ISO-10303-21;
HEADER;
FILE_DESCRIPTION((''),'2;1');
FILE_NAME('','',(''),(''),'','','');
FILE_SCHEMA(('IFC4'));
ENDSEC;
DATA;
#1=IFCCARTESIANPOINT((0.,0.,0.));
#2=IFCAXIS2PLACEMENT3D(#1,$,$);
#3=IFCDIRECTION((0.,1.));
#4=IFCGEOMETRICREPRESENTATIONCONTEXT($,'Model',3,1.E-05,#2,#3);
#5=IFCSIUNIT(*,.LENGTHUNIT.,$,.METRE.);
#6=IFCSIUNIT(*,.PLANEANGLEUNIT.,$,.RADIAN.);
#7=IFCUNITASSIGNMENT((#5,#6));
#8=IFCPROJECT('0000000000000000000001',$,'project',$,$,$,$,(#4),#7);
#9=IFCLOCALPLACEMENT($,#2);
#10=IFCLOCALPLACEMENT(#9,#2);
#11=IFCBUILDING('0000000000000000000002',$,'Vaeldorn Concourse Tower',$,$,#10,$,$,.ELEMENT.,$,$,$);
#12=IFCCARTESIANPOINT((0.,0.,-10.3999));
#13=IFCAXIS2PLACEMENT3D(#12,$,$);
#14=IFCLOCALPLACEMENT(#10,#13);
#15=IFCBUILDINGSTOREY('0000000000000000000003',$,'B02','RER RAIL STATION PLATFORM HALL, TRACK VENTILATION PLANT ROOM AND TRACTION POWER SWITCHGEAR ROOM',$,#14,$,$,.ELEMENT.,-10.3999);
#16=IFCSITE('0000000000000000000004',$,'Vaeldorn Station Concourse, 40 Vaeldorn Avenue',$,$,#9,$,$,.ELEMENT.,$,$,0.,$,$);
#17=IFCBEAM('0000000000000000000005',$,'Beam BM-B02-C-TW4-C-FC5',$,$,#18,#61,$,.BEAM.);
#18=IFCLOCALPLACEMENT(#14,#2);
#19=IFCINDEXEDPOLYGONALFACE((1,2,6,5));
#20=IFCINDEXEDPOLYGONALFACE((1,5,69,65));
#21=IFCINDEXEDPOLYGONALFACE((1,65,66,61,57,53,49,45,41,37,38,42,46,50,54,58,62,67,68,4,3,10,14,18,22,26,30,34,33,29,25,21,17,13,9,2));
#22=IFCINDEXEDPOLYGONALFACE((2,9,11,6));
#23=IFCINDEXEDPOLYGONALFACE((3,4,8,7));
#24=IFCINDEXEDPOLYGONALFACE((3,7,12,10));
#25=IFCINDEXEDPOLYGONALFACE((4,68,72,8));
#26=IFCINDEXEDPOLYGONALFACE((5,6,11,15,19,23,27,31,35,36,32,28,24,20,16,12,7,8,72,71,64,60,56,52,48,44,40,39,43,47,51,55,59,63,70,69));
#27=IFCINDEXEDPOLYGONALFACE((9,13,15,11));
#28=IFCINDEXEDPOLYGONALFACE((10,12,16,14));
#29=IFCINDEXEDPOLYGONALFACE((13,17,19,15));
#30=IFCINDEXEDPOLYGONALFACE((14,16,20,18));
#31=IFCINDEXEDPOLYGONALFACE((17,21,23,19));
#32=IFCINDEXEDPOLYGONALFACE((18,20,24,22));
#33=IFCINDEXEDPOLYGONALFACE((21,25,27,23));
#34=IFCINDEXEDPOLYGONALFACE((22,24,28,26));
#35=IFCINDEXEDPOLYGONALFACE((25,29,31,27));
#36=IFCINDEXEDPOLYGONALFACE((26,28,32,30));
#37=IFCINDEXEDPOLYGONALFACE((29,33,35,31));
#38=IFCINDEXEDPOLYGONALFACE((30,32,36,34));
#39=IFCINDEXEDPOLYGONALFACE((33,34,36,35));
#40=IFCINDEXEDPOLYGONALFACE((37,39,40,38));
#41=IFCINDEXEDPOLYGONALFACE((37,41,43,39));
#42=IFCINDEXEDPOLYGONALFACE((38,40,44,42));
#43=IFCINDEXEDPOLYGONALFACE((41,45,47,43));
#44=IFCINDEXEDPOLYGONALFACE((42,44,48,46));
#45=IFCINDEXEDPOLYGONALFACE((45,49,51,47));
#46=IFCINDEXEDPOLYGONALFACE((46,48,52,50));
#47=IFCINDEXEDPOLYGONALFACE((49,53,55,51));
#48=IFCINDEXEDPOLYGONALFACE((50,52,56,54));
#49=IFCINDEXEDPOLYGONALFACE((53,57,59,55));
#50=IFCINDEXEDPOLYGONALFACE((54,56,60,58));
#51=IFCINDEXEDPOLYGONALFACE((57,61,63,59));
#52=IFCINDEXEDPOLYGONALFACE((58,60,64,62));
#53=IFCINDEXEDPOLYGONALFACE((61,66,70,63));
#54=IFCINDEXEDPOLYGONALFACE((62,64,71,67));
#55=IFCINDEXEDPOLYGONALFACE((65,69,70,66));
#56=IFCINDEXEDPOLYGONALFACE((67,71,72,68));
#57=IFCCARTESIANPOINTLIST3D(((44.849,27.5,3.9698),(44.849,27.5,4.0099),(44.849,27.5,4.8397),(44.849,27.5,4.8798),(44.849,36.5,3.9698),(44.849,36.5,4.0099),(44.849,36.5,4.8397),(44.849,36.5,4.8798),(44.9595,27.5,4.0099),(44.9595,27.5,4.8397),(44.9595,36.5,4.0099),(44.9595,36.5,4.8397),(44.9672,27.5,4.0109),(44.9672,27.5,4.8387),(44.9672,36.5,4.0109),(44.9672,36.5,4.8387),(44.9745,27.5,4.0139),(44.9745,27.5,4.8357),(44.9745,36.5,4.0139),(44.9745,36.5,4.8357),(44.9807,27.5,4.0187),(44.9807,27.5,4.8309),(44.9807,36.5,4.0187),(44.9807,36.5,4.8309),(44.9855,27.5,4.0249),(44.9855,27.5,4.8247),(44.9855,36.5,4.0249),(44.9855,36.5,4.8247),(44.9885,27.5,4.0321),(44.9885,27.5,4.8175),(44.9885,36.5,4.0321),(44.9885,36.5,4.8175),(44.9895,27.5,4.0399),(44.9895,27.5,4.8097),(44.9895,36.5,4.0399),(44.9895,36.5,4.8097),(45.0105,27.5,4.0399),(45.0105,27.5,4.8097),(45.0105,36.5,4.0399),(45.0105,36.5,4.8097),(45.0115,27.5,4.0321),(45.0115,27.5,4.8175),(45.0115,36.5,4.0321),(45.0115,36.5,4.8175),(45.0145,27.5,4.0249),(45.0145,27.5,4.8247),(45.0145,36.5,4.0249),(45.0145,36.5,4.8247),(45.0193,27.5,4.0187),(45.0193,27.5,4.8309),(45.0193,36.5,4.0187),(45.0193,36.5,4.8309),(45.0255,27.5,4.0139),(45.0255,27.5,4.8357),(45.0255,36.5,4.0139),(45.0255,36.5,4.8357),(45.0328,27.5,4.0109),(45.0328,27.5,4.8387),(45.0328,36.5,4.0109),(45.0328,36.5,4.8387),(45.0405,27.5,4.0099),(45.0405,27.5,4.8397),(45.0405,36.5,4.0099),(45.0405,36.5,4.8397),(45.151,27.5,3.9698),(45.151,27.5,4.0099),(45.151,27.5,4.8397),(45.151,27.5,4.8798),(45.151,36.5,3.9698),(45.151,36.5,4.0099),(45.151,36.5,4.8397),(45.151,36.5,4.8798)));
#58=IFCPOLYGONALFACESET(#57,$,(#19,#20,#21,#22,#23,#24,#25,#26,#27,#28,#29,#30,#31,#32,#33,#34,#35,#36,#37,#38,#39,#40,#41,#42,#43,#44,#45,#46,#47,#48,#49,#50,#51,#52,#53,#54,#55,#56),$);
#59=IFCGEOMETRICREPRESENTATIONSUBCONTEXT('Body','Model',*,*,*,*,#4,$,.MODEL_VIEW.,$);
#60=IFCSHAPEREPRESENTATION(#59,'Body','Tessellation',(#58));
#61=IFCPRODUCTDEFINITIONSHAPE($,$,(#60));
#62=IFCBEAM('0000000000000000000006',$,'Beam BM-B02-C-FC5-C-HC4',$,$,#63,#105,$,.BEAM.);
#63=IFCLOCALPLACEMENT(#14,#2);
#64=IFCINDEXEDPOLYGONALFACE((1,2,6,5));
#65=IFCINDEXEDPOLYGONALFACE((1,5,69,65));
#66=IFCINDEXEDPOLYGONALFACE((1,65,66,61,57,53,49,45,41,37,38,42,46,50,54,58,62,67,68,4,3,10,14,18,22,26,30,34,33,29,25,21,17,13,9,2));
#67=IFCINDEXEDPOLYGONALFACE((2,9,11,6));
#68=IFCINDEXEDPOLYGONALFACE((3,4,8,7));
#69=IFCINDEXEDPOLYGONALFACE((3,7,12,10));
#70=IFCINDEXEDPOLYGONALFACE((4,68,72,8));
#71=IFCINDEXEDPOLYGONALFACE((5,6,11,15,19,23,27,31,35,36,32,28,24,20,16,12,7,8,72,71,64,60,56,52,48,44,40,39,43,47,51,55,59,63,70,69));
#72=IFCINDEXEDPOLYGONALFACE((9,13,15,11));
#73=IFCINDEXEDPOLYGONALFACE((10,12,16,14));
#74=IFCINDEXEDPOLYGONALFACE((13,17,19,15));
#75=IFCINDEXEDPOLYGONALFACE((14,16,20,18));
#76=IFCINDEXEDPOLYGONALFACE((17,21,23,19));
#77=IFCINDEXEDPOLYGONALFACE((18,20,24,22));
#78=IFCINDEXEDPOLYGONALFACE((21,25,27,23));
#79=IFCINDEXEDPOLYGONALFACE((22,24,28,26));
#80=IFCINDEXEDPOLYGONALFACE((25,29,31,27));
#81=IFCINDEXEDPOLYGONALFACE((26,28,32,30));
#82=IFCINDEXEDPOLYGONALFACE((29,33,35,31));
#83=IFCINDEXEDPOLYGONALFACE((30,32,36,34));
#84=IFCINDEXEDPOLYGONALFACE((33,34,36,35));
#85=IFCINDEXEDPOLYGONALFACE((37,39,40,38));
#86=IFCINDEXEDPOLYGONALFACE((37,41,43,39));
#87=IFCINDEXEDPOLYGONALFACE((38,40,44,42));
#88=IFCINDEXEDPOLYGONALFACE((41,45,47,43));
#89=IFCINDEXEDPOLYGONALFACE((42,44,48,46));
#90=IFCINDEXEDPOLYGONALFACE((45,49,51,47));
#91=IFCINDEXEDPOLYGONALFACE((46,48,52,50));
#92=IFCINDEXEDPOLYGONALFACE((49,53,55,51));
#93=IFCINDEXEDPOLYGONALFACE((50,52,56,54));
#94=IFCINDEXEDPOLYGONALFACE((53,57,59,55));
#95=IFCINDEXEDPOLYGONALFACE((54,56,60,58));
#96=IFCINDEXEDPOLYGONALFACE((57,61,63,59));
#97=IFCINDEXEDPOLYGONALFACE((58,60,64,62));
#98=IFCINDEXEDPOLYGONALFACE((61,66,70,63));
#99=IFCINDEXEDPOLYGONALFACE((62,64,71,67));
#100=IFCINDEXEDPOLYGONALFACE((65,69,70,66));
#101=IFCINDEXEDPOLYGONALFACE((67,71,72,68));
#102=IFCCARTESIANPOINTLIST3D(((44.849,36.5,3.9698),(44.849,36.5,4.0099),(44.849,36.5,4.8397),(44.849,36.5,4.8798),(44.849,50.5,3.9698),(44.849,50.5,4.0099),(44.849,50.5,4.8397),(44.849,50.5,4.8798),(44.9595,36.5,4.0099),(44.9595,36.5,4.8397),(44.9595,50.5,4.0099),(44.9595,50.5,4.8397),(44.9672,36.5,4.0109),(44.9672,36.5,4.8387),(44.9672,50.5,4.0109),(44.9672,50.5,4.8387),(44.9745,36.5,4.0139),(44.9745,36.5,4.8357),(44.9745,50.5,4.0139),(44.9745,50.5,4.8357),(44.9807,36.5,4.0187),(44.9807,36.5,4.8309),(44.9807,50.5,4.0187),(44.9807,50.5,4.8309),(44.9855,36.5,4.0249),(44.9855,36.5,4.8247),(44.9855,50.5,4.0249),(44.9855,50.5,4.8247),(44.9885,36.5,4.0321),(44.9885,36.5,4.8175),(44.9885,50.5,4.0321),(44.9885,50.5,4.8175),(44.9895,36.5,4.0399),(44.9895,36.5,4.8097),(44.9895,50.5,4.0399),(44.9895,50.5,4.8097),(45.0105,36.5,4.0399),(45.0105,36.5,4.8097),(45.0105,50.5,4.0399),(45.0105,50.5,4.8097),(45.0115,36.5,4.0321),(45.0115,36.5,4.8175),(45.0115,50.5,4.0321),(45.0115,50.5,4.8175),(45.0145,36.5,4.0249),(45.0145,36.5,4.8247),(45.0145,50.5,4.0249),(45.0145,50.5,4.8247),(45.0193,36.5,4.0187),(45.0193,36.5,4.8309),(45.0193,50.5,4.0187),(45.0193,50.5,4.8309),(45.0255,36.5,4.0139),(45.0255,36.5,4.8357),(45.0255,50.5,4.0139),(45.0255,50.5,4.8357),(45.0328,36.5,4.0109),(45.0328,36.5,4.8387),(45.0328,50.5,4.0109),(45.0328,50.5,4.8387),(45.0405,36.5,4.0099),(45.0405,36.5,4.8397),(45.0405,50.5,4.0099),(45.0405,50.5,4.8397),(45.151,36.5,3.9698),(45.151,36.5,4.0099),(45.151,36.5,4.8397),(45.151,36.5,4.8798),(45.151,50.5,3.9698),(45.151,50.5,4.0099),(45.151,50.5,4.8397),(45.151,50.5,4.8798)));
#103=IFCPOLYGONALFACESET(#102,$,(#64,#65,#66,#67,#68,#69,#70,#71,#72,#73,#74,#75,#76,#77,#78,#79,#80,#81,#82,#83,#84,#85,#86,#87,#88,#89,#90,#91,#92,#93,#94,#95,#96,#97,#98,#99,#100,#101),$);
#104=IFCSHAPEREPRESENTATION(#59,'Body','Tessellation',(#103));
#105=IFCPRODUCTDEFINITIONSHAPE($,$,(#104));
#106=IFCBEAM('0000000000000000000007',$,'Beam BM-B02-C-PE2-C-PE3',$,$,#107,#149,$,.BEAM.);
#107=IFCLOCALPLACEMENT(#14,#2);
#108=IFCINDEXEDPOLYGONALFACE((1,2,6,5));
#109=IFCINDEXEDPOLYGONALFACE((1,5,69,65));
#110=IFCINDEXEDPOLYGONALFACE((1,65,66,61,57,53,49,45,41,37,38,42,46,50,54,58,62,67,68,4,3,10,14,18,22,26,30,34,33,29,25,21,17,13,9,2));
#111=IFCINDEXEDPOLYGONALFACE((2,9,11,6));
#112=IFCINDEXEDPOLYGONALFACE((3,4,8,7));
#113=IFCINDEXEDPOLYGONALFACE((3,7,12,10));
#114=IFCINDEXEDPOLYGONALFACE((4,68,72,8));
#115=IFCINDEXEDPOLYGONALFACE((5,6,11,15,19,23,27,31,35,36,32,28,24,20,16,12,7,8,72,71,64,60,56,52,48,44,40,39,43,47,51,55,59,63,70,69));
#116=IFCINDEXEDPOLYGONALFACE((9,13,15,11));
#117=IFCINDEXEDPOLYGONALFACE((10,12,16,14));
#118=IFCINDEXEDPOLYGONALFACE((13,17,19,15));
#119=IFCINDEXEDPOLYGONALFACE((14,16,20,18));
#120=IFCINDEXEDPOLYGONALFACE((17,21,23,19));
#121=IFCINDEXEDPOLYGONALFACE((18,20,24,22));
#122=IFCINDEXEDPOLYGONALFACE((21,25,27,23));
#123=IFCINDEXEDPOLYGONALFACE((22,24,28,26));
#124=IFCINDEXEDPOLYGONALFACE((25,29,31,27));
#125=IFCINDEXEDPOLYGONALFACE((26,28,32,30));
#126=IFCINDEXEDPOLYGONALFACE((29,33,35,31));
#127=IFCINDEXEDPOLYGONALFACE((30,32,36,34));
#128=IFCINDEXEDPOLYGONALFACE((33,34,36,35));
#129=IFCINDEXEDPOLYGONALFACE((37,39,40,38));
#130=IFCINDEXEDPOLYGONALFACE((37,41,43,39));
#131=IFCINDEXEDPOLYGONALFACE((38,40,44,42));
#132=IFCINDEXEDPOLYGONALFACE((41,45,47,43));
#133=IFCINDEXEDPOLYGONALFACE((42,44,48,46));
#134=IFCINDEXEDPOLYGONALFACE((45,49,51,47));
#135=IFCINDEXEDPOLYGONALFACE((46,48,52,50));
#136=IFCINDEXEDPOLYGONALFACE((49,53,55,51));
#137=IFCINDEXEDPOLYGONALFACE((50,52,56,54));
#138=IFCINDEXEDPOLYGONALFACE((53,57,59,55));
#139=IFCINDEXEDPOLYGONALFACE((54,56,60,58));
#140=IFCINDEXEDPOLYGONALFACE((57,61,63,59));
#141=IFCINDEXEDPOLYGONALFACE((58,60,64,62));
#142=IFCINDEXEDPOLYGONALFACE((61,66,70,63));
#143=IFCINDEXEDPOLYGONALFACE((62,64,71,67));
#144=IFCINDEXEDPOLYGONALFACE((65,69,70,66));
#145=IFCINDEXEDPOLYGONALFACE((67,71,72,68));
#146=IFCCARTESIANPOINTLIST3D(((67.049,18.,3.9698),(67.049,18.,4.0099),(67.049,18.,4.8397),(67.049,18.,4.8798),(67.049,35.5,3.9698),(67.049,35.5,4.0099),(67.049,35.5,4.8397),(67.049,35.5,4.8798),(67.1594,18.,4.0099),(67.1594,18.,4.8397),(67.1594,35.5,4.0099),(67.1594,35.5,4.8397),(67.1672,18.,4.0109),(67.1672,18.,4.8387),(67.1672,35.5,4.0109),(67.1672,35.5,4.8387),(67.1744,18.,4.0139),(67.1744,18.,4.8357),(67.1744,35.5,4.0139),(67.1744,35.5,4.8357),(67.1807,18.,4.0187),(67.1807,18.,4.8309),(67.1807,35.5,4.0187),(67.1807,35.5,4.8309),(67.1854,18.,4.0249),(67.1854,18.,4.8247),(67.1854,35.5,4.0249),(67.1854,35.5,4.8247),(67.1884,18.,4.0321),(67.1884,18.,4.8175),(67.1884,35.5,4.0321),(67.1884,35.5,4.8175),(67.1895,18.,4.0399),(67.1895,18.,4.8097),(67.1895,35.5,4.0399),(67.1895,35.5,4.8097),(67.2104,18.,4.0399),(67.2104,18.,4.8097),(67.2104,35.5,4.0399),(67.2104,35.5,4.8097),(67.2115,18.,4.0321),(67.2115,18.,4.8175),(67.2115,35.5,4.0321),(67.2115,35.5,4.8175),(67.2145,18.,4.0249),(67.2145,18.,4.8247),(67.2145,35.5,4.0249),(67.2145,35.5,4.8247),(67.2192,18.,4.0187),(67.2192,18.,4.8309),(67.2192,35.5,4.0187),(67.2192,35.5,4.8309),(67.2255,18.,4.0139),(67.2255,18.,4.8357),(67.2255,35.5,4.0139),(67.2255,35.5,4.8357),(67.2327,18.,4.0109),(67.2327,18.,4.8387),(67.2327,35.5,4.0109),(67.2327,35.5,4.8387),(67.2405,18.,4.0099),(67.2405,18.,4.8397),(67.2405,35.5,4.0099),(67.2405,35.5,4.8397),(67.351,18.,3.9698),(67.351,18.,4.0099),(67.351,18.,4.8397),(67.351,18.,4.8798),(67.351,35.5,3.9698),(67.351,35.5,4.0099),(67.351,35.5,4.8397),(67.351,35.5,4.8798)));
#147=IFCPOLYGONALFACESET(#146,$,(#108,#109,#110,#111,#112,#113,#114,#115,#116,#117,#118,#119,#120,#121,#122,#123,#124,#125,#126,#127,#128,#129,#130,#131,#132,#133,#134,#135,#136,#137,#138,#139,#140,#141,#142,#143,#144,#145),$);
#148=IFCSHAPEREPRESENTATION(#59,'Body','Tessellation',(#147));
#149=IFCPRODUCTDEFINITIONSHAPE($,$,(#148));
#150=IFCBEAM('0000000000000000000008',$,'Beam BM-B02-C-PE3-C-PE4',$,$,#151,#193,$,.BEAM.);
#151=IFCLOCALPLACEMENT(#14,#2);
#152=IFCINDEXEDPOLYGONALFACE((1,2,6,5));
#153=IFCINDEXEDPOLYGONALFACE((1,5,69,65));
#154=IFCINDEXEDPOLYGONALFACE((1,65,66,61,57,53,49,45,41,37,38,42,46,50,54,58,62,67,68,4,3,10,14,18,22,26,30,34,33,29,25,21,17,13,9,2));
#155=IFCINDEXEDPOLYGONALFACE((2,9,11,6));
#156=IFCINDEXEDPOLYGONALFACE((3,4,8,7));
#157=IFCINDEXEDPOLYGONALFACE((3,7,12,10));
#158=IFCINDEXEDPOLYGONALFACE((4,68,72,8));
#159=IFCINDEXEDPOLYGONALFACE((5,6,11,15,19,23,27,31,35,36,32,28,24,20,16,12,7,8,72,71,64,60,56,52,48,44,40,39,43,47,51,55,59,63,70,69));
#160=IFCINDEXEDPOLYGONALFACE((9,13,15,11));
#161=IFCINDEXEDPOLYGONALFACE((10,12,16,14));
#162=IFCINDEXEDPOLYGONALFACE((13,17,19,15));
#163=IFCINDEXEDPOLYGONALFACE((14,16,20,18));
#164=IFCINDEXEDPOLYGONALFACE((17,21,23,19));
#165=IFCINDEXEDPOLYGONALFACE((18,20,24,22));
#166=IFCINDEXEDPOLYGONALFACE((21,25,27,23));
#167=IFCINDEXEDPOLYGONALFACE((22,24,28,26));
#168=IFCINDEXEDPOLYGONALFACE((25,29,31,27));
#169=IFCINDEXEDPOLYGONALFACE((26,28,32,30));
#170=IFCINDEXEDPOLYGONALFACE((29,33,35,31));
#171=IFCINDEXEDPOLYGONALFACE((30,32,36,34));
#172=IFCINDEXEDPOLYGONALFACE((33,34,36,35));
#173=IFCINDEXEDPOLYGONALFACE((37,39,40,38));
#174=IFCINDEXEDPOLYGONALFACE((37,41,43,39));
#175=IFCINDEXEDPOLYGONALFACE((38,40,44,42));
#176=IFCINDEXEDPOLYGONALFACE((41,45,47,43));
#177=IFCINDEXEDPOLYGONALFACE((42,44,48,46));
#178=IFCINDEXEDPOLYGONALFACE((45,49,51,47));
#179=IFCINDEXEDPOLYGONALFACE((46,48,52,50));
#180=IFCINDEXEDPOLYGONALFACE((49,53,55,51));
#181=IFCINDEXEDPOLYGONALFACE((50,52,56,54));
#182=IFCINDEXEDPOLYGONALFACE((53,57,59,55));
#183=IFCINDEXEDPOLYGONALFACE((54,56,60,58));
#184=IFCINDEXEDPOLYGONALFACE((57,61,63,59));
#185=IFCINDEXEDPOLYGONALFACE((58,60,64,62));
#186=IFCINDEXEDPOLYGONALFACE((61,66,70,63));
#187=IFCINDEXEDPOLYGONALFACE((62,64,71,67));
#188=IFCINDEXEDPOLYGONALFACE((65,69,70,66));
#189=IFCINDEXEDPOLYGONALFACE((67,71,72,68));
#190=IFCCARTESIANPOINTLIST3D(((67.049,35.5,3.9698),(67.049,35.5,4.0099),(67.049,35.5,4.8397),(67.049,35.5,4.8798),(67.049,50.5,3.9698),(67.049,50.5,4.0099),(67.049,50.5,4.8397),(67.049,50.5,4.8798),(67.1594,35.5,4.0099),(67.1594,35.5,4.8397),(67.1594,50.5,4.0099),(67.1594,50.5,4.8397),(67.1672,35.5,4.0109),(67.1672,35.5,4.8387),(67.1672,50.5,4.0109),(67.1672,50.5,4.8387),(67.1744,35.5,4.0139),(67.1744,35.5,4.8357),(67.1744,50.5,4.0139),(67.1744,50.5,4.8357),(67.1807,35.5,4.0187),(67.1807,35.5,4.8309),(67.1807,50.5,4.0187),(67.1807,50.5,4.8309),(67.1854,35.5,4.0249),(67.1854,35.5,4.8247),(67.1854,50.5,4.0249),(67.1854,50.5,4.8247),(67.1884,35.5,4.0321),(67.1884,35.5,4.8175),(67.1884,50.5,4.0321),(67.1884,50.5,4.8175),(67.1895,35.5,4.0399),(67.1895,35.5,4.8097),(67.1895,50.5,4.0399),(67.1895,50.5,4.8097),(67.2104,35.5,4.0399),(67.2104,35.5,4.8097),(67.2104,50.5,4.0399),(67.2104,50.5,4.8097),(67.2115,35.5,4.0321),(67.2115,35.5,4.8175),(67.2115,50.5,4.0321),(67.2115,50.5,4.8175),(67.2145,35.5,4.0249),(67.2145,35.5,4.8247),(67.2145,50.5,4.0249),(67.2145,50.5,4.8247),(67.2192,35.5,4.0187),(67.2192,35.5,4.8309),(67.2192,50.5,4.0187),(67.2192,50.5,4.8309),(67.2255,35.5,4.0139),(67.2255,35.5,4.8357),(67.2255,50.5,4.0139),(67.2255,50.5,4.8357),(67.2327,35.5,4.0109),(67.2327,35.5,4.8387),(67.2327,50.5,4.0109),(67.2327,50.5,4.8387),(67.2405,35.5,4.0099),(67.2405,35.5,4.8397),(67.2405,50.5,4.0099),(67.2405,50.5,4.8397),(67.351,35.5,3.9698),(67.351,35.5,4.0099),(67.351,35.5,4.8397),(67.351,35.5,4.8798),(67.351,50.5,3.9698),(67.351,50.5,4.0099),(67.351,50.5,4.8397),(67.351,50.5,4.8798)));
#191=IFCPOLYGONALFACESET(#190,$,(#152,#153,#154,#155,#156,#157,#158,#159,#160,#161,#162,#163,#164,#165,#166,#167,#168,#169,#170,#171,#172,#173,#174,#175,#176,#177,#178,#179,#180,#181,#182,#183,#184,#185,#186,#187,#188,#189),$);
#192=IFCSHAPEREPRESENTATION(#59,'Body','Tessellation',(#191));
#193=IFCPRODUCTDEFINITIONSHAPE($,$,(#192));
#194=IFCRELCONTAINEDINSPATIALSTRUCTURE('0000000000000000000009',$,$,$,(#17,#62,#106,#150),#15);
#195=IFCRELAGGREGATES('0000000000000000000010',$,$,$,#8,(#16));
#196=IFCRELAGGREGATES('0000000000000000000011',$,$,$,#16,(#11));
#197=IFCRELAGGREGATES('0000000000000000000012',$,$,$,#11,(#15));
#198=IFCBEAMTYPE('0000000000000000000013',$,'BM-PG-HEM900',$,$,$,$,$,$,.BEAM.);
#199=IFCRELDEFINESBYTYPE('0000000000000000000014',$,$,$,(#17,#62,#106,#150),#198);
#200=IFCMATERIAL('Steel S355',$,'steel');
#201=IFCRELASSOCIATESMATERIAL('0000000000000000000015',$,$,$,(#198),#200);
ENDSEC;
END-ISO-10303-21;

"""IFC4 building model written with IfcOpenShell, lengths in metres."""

from ifc_helpers import new_model, si_unit, direction, frame, origin, origin_2d, place, context, subcontext, project, spatial, i_section, extrude, source, transform, mapped, material, material_profile, profile_set, type_object, element, save


model = new_model("IFC4")

# Units and contexts
model_context = context("Model", 3, precision=1e-05, world=origin(), true_north=direction((0.0, 1.0)))
body_context = subcontext(model_context, "Body", "Model", "MODEL_VIEW")
ifc_project = project(units=[si_unit("LENGTHUNIT", "METRE"), si_unit("PLANEANGLEUNIT", "RADIAN")], contexts=[model_context])

# Site, building, storey
site_placement = place(None, origin())
site = spatial("IfcSite", under=ifc_project, at=site_placement, Name="Vaeldorn Station Concourse, 40 Vaeldorn Avenue", CompositionType="ELEMENT", RefElevation=0.0)
building_placement = place(site_placement, origin())
building = spatial("IfcBuilding", under=site, at=building_placement, Name="Vaeldorn Concourse Tower", CompositionType="ELEMENT")
storey_placement = place(building_placement, frame((0.0, 0.0, -10.3999)))
storey = spatial("IfcBuildingStorey", under=building, at=storey_placement, Name="B02", Description="RER RAIL STATION PLATFORM HALL, TRACK VENTILATION PLANT ROOM AND TRACTION POWER SWITCHGEAR ROOM", CompositionType="ELEMENT", Elevation=-10.3999)

# Beams
ifc_material_1 = material(Name="Steel S355", Category="steel")
ifc_material_profile_1 = material_profile(ifc_material_1, i_section(OverallWidth=0.302, OverallDepth=0.9099, WebThickness=0.021, FlangeThickness=0.04, FilletRadius=0.03, at=origin_2d()), Name="HEM 900")
ifc_profile_set_1 = profile_set([ifc_material_profile_1], Name="Steel S355")
beam_type_1 = type_object("IfcBeamType", Name="BM-PG-HEM900", PredefinedType="BEAM", material=ifc_profile_set_1)
shared_shape_1 = source(origin(), body_context, "Body", "SweptSolid", [
    extrude(i_section(OverallWidth=0.302, OverallDepth=0.9099, WebThickness=0.021, FlangeThickness=0.04, FilletRadius=0.03, at=origin_2d()), origin(), (0.0, 0.0, 1.0), 9.0),
])
beam_1_placement = place(storey_placement, frame((45.0, 27.5, 4.4248), z_axis=(0.0, 1.0, 0.0), x_axis=(-1.0, 0.0, 0.0)))
element("IfcBeam", 1, at=beam_1_placement, inside=storey, type_object=beam_type_1, Name="Beam BM-B02-C-TW4-C-FC5", PredefinedType="BEAM", context=body_context, shape_type="MappedRepresentation", body=[
    mapped(shared_shape_1, transform((0.0, 0.0, 0.0), scale=1.0)),
])
shared_shape_2 = source(origin(), body_context, "Body", "SweptSolid", [
    extrude(i_section(OverallWidth=0.302, OverallDepth=0.9099, WebThickness=0.021, FlangeThickness=0.04, FilletRadius=0.03, at=origin_2d()), origin(), (0.0, 0.0, 1.0), 14.0),
])
beam_2_placement = place(storey_placement, frame((45.0, 36.5, 4.4248), z_axis=(0.0, 1.0, 0.0), x_axis=(-1.0, 0.0, 0.0)))
element("IfcBeam", 2, at=beam_2_placement, inside=storey, type_object=beam_type_1, Name="Beam BM-B02-C-FC5-C-HC4", PredefinedType="BEAM", context=body_context, shape_type="MappedRepresentation", body=[
    mapped(shared_shape_2, transform((0.0, 0.0, 0.0), scale=1.0)),
])
shared_shape_3 = source(origin(), body_context, "Body", "SweptSolid", [
    extrude(i_section(OverallWidth=0.302, OverallDepth=0.9099, WebThickness=0.021, FlangeThickness=0.04, FilletRadius=0.03, at=origin_2d()), origin(), (0.0, 0.0, 1.0), 17.5),
])
beam_3_placement = place(storey_placement, frame((67.2, 18.0, 4.4248), z_axis=(0.0, 1.0, 0.0), x_axis=(-1.0, 0.0, 0.0)))
element("IfcBeam", 3, at=beam_3_placement, inside=storey, type_object=beam_type_1, Name="Beam BM-B02-C-PE2-C-PE3", PredefinedType="BEAM", context=body_context, shape_type="MappedRepresentation", body=[
    mapped(shared_shape_3, transform((0.0, 0.0, 0.0), scale=1.0)),
])
shared_shape_4 = source(origin(), body_context, "Body", "SweptSolid", [
    extrude(i_section(OverallWidth=0.302, OverallDepth=0.9099, WebThickness=0.021, FlangeThickness=0.04, FilletRadius=0.03, at=origin_2d()), origin(), (0.0, 0.0, 1.0), 15.0),
])
beam_4_placement = place(storey_placement, frame((67.2, 35.5, 4.4248), z_axis=(0.0, 1.0, 0.0), x_axis=(-1.0, 0.0, 0.0)))
element("IfcBeam", 4, at=beam_4_placement, inside=storey, type_object=beam_type_1, Name="Beam BM-B02-C-PE3-C-PE4", PredefinedType="BEAM", context=body_context, shape_type="MappedRepresentation", body=[
    mapped(shared_shape_4, transform((0.0, 0.0, 0.0), scale=1.0)),
])

save(model, "model.ifc")
